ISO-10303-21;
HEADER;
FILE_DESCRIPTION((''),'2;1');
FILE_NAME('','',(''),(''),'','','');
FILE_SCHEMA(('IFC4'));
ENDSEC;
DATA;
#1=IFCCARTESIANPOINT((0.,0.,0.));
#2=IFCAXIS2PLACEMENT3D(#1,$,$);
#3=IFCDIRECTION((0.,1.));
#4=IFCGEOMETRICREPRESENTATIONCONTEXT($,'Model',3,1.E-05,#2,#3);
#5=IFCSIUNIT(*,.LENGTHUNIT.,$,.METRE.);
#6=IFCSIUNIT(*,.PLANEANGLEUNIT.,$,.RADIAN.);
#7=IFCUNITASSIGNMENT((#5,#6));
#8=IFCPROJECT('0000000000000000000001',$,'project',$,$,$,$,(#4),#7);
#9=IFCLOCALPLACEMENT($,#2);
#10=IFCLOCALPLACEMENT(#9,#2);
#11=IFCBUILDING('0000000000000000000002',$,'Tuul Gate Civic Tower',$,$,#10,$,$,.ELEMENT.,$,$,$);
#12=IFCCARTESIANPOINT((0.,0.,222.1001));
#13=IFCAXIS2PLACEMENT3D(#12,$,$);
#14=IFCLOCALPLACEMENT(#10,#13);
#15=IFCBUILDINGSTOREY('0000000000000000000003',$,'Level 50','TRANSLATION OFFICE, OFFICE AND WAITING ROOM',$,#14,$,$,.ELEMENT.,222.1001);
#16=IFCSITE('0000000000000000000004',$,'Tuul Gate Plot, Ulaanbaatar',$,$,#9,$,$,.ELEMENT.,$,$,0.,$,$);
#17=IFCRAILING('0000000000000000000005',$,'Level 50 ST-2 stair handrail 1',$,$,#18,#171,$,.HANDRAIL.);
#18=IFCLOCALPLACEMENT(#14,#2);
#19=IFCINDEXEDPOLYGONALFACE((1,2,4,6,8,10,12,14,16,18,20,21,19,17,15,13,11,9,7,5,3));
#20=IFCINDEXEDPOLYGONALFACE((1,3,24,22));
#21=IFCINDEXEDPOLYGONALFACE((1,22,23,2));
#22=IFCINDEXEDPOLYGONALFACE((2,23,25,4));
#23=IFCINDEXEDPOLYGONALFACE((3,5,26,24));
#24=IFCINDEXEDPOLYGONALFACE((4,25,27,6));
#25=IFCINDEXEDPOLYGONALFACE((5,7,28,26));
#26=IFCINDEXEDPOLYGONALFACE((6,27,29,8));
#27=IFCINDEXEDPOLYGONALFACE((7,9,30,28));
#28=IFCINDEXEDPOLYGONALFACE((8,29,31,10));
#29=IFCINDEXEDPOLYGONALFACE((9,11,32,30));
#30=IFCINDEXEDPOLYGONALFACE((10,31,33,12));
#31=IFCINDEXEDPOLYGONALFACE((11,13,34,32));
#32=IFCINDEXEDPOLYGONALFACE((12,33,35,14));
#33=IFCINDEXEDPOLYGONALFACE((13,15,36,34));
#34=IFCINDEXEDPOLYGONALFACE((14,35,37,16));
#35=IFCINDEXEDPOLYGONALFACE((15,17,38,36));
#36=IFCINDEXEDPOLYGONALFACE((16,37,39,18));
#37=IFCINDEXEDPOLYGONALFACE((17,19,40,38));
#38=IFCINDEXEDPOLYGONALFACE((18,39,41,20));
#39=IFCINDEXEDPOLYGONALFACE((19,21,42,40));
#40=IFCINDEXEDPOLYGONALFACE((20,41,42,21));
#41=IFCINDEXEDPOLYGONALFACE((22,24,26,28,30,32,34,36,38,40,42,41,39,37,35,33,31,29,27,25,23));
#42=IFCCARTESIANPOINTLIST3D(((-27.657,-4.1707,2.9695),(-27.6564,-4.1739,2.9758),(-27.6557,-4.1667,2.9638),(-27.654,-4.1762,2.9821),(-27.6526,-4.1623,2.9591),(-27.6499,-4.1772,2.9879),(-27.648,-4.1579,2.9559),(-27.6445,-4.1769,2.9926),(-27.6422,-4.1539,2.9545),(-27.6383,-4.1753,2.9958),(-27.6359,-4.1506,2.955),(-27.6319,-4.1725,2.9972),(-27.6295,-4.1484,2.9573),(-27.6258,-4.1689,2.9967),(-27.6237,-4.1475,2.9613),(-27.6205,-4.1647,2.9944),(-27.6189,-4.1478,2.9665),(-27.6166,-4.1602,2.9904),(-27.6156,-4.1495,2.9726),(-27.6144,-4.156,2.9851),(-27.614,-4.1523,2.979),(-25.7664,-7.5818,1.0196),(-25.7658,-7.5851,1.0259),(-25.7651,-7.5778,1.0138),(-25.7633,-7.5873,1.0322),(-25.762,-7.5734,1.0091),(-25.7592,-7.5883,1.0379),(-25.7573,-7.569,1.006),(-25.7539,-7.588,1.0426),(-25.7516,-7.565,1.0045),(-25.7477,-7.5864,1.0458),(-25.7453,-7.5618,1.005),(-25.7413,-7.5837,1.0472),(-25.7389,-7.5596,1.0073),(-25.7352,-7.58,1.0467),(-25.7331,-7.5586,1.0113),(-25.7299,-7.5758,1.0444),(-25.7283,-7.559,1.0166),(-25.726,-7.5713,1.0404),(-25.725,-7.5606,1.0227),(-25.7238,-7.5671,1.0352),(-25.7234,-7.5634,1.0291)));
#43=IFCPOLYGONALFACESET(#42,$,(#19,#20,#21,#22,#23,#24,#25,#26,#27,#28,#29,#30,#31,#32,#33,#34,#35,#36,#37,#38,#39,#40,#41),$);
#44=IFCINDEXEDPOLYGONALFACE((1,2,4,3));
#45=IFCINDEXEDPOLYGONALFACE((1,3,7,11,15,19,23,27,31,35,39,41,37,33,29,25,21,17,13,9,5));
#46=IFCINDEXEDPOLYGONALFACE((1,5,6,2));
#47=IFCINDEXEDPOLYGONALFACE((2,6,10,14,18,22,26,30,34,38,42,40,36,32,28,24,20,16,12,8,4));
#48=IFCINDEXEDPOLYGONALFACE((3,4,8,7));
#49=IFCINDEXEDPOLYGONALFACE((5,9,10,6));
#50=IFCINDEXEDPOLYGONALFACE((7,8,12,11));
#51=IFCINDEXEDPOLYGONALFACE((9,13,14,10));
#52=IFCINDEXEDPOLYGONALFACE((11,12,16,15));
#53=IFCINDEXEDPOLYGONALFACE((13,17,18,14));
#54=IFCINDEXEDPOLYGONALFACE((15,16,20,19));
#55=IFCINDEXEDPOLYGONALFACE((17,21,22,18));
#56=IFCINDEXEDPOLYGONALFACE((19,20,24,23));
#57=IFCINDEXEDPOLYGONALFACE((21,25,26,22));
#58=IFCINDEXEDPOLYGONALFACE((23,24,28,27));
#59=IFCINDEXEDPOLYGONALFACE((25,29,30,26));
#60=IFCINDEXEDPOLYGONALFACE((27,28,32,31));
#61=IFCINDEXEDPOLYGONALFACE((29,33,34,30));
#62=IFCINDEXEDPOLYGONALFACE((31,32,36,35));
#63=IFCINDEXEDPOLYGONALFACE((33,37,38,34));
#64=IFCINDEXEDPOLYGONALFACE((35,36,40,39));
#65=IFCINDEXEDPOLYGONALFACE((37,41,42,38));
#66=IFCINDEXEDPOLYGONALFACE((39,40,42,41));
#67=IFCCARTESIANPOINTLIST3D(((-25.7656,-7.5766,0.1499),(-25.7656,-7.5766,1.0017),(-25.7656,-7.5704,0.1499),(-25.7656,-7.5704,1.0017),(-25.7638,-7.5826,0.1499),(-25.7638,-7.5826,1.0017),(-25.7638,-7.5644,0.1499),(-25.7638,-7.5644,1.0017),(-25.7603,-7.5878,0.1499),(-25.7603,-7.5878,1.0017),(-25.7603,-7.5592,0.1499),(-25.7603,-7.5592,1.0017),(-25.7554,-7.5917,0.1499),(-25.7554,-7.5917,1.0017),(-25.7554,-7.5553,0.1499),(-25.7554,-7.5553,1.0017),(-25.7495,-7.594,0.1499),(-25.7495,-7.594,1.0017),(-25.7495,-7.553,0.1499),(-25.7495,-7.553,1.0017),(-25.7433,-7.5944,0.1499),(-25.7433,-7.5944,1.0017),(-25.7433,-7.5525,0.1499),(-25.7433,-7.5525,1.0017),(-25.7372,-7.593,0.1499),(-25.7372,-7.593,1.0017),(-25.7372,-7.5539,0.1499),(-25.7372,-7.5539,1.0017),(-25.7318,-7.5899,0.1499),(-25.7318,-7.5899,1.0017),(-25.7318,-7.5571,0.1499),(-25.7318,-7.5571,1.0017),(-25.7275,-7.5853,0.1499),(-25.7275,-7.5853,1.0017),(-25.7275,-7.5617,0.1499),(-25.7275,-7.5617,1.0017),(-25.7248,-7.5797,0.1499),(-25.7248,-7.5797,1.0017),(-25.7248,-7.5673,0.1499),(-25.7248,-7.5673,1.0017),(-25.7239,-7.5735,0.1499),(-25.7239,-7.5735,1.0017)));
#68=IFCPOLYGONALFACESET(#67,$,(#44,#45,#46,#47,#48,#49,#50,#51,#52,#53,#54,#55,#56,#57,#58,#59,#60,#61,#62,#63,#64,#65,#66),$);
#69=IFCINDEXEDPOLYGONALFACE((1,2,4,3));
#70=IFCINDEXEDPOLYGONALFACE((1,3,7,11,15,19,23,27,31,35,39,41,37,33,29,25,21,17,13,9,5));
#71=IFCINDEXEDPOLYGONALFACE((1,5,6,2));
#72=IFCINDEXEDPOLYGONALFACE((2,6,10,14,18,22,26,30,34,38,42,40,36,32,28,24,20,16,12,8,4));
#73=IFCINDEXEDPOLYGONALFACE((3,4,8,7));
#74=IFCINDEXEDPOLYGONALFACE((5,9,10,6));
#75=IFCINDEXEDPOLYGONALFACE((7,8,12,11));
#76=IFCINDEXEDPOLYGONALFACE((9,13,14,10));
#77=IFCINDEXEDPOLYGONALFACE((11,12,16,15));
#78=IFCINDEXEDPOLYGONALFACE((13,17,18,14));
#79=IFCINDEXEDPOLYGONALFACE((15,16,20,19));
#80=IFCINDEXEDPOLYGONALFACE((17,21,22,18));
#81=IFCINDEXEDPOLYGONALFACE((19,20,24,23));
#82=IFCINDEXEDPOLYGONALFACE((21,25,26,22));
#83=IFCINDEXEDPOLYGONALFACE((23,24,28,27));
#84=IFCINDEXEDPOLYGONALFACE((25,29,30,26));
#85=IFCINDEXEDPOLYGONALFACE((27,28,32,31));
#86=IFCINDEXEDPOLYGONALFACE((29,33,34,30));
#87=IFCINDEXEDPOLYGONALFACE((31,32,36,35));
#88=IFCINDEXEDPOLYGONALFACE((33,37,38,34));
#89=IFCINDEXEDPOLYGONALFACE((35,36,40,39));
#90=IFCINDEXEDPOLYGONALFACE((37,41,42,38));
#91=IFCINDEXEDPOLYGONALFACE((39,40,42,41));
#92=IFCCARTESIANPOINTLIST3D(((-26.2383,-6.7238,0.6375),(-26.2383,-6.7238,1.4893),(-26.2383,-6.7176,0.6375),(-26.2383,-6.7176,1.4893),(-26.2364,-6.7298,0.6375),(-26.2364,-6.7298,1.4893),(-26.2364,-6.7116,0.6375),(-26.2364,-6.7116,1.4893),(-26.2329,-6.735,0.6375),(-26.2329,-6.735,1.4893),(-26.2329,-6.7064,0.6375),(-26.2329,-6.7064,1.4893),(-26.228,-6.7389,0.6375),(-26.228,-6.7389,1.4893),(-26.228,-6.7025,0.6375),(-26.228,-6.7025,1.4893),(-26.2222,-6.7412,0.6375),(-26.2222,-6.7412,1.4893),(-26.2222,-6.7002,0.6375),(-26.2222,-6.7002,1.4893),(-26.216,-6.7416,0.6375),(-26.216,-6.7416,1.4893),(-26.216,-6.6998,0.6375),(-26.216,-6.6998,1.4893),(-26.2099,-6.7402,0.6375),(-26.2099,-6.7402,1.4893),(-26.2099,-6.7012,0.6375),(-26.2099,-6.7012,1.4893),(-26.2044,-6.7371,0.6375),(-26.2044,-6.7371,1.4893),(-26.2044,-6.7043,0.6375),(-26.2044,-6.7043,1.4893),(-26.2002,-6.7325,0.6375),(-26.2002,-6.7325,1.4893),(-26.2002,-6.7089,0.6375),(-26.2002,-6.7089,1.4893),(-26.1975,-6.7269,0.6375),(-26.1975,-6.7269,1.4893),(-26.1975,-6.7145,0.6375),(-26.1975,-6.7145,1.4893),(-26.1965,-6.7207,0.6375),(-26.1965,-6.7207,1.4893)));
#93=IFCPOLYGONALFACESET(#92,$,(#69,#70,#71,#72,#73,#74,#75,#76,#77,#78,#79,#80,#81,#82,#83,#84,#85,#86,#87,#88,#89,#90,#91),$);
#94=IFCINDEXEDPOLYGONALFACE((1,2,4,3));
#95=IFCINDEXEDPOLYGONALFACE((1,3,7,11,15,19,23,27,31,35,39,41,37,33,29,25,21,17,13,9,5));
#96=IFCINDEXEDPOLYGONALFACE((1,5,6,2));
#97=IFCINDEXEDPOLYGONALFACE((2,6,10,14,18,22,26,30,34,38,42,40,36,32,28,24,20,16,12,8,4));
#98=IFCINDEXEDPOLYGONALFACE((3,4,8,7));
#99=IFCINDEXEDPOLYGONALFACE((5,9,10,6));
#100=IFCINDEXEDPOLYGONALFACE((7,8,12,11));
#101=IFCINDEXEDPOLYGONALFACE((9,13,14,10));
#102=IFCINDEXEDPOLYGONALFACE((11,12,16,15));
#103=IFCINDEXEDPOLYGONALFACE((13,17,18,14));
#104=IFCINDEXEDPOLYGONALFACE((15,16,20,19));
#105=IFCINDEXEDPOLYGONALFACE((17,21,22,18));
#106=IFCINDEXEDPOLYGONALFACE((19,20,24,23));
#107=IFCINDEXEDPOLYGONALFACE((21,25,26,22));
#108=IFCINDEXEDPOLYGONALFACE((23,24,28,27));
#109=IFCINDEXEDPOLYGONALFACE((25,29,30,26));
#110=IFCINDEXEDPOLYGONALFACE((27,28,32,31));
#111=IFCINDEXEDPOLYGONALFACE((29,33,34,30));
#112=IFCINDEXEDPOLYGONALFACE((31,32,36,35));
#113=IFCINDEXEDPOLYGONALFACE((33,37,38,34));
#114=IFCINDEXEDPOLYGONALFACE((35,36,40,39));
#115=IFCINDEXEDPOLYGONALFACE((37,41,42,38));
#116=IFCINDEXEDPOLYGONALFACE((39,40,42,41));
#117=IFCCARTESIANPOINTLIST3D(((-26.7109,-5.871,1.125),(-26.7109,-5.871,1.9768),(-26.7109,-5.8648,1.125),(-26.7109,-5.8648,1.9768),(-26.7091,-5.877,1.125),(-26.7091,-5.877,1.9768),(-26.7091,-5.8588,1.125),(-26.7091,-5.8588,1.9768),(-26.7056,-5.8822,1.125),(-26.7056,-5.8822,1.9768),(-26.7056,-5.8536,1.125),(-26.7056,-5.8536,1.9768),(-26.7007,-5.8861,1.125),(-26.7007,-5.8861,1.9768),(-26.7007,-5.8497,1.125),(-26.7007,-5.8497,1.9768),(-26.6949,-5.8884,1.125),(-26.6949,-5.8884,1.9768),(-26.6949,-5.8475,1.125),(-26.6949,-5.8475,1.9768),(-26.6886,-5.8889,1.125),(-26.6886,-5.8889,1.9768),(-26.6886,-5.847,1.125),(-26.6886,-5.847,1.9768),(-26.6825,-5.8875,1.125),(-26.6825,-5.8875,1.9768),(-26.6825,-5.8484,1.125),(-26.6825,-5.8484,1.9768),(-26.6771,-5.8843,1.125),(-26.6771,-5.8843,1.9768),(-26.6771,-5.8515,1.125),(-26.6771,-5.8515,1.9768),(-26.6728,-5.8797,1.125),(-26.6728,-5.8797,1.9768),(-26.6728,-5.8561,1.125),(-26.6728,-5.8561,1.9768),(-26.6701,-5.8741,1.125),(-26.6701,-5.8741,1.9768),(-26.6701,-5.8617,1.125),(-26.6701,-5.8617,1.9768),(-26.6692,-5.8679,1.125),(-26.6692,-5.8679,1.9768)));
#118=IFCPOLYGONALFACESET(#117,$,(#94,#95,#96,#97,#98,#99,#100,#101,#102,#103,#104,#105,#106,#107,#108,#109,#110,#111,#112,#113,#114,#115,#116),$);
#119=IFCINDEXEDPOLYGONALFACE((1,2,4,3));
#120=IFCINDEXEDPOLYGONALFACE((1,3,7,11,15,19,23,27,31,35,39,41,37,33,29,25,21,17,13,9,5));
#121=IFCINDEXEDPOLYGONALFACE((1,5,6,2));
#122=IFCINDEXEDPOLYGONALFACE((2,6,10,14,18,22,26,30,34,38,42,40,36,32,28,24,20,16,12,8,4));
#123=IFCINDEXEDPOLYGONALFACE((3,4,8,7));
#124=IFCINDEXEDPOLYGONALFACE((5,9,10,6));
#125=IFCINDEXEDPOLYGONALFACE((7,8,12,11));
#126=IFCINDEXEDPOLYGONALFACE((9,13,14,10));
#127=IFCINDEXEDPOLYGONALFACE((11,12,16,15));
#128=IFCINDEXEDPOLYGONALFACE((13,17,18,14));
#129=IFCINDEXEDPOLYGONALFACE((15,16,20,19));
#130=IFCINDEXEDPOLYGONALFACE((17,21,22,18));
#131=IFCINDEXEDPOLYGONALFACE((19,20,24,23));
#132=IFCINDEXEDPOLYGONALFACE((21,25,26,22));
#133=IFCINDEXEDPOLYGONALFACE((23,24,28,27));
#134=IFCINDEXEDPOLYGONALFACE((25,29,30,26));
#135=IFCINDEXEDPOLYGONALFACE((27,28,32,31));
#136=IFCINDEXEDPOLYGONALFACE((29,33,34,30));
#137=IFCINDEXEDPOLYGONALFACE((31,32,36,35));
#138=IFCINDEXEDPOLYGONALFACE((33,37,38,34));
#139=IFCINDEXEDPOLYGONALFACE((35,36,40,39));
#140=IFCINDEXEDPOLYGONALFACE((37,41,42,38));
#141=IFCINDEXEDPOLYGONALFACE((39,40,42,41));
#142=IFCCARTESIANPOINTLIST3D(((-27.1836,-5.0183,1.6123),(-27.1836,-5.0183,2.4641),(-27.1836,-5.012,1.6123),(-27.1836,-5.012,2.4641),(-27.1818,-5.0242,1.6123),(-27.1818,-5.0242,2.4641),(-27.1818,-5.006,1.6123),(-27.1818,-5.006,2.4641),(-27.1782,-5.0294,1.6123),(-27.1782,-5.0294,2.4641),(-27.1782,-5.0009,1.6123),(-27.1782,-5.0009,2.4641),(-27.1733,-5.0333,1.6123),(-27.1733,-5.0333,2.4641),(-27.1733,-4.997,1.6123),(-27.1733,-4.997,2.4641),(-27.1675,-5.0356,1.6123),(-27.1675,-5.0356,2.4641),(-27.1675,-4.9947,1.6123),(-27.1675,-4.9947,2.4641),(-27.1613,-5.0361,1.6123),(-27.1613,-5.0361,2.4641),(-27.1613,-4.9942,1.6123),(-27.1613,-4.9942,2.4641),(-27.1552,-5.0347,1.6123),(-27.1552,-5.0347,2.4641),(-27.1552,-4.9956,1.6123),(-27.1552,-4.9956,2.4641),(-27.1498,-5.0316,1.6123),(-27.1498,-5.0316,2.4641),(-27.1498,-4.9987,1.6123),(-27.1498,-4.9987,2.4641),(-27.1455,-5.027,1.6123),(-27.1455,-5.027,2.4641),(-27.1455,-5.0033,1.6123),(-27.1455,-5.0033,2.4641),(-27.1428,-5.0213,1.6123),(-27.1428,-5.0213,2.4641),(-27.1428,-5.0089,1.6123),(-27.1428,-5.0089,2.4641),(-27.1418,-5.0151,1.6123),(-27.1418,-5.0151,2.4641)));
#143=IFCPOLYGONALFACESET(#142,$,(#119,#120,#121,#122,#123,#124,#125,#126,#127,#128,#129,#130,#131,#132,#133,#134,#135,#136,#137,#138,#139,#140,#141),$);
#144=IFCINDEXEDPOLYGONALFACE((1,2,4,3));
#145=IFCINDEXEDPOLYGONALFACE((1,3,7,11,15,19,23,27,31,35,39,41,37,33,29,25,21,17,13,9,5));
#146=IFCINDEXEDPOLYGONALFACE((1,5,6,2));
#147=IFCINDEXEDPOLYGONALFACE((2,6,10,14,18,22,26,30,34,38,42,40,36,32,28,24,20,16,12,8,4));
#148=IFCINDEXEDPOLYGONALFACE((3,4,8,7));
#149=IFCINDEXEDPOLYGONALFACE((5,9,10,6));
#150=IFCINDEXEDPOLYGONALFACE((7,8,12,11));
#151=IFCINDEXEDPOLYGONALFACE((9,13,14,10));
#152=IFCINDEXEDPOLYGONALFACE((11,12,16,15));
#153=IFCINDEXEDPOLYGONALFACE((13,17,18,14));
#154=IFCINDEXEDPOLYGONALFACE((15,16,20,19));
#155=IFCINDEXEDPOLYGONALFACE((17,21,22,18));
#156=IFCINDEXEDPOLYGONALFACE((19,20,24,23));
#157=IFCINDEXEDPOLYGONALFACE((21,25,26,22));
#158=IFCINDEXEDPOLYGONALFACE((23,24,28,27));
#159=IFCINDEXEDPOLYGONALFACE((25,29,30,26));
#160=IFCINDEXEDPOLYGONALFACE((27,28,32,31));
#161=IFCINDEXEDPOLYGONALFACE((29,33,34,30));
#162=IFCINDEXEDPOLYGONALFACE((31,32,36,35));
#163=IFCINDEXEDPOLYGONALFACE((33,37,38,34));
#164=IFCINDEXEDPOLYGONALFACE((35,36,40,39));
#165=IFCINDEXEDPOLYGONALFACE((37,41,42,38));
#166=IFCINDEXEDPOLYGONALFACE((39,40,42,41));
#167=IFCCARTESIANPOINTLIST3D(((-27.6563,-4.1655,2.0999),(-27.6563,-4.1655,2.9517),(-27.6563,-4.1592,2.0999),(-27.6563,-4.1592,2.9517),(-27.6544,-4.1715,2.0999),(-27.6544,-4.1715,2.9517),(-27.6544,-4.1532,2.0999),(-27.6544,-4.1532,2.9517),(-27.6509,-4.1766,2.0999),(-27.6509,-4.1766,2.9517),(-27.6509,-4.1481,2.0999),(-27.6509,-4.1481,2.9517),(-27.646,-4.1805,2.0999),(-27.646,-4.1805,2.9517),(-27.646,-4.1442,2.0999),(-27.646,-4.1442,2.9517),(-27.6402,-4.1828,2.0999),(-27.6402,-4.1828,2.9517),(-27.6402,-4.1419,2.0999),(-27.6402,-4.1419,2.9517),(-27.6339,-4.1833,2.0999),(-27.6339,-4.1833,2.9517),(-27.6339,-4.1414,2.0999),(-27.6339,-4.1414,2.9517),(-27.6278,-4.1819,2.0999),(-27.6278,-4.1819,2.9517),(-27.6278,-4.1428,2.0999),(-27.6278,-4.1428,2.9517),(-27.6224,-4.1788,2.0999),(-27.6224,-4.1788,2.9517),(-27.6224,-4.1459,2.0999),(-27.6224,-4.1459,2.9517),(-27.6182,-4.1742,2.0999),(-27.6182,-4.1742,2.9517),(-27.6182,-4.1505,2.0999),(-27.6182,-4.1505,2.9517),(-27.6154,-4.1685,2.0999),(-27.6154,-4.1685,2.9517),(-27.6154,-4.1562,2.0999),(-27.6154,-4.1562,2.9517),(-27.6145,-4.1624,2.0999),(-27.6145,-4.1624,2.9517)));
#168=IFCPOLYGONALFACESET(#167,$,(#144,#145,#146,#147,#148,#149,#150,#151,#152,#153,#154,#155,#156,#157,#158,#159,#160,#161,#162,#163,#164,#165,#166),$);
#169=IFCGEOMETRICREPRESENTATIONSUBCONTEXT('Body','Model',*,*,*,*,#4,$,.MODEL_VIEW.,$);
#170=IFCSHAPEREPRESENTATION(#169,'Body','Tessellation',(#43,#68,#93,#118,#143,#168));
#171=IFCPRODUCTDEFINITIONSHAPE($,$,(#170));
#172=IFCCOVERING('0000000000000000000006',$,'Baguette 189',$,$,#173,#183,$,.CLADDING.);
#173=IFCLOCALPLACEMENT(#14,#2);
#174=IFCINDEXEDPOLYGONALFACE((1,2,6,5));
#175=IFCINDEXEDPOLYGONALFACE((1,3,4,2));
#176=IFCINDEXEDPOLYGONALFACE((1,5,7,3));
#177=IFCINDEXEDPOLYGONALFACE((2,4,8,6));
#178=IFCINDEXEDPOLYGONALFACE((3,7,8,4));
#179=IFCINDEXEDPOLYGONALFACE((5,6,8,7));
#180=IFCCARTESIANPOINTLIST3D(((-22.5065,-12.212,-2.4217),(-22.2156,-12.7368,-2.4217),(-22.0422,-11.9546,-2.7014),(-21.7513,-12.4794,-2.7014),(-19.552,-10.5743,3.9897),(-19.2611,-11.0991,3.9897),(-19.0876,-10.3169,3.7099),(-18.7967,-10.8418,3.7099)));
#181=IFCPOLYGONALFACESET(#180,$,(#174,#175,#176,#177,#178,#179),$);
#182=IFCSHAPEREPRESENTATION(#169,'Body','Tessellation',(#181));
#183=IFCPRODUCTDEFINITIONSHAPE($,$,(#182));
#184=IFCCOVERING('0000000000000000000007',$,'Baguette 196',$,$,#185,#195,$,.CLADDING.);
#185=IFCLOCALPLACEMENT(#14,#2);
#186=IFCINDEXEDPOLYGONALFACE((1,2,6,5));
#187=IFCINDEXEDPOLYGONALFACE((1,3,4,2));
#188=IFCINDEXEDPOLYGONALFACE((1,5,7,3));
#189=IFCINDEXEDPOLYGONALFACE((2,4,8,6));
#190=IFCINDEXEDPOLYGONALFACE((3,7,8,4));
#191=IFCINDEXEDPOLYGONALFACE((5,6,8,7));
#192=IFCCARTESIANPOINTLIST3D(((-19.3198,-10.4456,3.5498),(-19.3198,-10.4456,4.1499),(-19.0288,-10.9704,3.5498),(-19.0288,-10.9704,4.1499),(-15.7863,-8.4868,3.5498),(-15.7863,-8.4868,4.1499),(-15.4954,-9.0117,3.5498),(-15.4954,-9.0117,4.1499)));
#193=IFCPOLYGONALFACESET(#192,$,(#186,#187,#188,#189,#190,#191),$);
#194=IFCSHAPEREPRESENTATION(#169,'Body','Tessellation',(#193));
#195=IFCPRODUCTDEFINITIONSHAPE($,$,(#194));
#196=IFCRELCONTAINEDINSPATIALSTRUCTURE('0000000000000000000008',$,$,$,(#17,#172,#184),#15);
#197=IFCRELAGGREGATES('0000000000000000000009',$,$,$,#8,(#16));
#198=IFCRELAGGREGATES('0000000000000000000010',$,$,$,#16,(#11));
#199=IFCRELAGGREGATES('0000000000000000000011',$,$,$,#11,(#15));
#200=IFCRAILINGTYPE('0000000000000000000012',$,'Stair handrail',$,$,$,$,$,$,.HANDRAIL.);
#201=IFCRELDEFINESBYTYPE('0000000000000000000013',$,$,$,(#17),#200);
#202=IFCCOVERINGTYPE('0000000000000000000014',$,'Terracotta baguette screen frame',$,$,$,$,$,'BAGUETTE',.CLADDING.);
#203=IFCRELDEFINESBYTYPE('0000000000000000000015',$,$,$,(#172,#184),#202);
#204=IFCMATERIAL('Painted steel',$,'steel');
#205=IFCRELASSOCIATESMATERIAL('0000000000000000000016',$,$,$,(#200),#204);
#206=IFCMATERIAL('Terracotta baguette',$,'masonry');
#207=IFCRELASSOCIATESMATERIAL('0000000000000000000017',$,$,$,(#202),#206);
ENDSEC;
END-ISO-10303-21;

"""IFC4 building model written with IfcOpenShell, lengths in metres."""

from ifc_helpers import new_model, si_unit, direction, frame, origin, origin_2d, place, context, subcontext, project, spatial, rectangle, circle, extrude, material, material_profile, profile_set, type_object, element, save


model = new_model("IFC4")

# Units and contexts
model_context = context("Model", 3, precision=1e-05, world=origin(), true_north=direction((0.0, 1.0)))
body_context = subcontext(model_context, "Body", "Model", "MODEL_VIEW")
ifc_project = project(units=[si_unit("LENGTHUNIT", "METRE"), si_unit("PLANEANGLEUNIT", "RADIAN")], contexts=[model_context])

# Site, building, storey
site_placement = place(None, origin())
site = spatial("IfcSite", under=ifc_project, at=site_placement, Name="Tuul Gate Plot, Ulaanbaatar", CompositionType="ELEMENT", RefElevation=0.0)
building_placement = place(site_placement, origin())
building = spatial("IfcBuilding", under=site, at=building_placement, Name="Tuul Gate Civic Tower", CompositionType="ELEMENT")
storey_placement = place(building_placement, frame((0.0, 0.0, 222.1001)))
storey = spatial("IfcBuildingStorey", under=building, at=storey_placement, Name="Level 50", Description="TRANSLATION OFFICE, OFFICE AND WAITING ROOM", CompositionType="ELEMENT", Elevation=222.1001)

# Railing
ifc_material_1 = material(Name="Painted steel", Category="steel")
railing_type_1 = type_object("IfcRailingType", Name="Stair handrail", PredefinedType="HANDRAIL", material=ifc_material_1)
railing_1_placement = place(storey_placement, frame((-25.7449, -7.5735, 0.1499)))
element("IfcRailing", 1, at=railing_1_placement, inside=storey, type_object=railing_type_1, Name="Level 50 ST-2 stair handrail 1", PredefinedType="HANDRAIL", context=body_context, shape_type="SweptSolid", body=[
    extrude(circle(Radius=0.0239, at=origin_2d()), frame((0.0, 0.0, 0.876), z_axis=(-0.433595, 0.782308, 0.447201), x_axis=(-0.874641, -0.484771, 0.0)), (0.0, 0.0, 1.0), 4.3604),
    extrude(circle(Radius=0.021, at=origin_2d()), origin(), (0.0, 0.0, 1.0), 0.8518),
    extrude(circle(Radius=0.021, at=origin_2d()), frame((-0.4727, 0.8528, 0.4875)), (0.0, 0.0, 1.0), 0.8518),
    extrude(circle(Radius=0.021, at=origin_2d()), frame((-0.9453, 1.7056, 0.9751)), (0.0, 0.0, 1.0), 0.8518),
    extrude(circle(Radius=0.021, at=origin_2d()), frame((-1.418, 2.5583, 1.4624)), (0.0, 0.0, 1.0), 0.8518),
    extrude(circle(Radius=0.021, at=origin_2d()), frame((-1.8906, 3.4111, 1.95)), (0.0, 0.0, 1.0), 0.8518),
])

# Coverings
ifc_material_2 = material(Name="Terracotta baguette", Category="masonry")
ifc_material_profile_1 = material_profile(ifc_material_2, rectangle(XDim=0.6001, YDim=0.6001, at=origin_2d()), Name="Terracotta baguette screen frame")
ifc_profile_set_1 = profile_set([ifc_material_profile_1], Name="Terracotta baguette")
covering_type = type_object("IfcCoveringType", Name="Terracotta baguette screen frame", ElementType="BAGUETTE", PredefinedType="CLADDING", material=ifc_profile_set_1)
covering_1_placement = place(storey_placement, frame((-22.1289, -12.3457, -2.5615), z_axis=(0.407705, 0.225986, 0.884707), x_axis=(-0.484796, 0.874627, 0.0)))
element("IfcCovering", 2, at=covering_1_placement, inside=storey, type_object=covering_type, Name="Baguette 189", PredefinedType="CLADDING", context=body_context, shape_type="SweptSolid", body=[
    extrude(rectangle(XDim=0.6001, YDim=0.6001, at=origin_2d()), origin(), (0.0, 0.0, 1.0), 7.2468),
])
covering_2_placement = place(storey_placement, frame((-19.1743, -10.708, 3.8499), z_axis=(0.874607, 0.484832, 0.0), x_axis=(-0.484832, 0.874607, 0.0)))
element("IfcCovering", 3, at=covering_2_placement, inside=storey, type_object=covering_type, Name="Baguette 196", PredefinedType="CLADDING", context=body_context, shape_type="SweptSolid", body=[
    extrude(rectangle(XDim=0.6001, YDim=0.6001, at=origin_2d()), origin(), (0.0, 0.0, 1.0), 4.04),
])

save(model, "model.ifc")
